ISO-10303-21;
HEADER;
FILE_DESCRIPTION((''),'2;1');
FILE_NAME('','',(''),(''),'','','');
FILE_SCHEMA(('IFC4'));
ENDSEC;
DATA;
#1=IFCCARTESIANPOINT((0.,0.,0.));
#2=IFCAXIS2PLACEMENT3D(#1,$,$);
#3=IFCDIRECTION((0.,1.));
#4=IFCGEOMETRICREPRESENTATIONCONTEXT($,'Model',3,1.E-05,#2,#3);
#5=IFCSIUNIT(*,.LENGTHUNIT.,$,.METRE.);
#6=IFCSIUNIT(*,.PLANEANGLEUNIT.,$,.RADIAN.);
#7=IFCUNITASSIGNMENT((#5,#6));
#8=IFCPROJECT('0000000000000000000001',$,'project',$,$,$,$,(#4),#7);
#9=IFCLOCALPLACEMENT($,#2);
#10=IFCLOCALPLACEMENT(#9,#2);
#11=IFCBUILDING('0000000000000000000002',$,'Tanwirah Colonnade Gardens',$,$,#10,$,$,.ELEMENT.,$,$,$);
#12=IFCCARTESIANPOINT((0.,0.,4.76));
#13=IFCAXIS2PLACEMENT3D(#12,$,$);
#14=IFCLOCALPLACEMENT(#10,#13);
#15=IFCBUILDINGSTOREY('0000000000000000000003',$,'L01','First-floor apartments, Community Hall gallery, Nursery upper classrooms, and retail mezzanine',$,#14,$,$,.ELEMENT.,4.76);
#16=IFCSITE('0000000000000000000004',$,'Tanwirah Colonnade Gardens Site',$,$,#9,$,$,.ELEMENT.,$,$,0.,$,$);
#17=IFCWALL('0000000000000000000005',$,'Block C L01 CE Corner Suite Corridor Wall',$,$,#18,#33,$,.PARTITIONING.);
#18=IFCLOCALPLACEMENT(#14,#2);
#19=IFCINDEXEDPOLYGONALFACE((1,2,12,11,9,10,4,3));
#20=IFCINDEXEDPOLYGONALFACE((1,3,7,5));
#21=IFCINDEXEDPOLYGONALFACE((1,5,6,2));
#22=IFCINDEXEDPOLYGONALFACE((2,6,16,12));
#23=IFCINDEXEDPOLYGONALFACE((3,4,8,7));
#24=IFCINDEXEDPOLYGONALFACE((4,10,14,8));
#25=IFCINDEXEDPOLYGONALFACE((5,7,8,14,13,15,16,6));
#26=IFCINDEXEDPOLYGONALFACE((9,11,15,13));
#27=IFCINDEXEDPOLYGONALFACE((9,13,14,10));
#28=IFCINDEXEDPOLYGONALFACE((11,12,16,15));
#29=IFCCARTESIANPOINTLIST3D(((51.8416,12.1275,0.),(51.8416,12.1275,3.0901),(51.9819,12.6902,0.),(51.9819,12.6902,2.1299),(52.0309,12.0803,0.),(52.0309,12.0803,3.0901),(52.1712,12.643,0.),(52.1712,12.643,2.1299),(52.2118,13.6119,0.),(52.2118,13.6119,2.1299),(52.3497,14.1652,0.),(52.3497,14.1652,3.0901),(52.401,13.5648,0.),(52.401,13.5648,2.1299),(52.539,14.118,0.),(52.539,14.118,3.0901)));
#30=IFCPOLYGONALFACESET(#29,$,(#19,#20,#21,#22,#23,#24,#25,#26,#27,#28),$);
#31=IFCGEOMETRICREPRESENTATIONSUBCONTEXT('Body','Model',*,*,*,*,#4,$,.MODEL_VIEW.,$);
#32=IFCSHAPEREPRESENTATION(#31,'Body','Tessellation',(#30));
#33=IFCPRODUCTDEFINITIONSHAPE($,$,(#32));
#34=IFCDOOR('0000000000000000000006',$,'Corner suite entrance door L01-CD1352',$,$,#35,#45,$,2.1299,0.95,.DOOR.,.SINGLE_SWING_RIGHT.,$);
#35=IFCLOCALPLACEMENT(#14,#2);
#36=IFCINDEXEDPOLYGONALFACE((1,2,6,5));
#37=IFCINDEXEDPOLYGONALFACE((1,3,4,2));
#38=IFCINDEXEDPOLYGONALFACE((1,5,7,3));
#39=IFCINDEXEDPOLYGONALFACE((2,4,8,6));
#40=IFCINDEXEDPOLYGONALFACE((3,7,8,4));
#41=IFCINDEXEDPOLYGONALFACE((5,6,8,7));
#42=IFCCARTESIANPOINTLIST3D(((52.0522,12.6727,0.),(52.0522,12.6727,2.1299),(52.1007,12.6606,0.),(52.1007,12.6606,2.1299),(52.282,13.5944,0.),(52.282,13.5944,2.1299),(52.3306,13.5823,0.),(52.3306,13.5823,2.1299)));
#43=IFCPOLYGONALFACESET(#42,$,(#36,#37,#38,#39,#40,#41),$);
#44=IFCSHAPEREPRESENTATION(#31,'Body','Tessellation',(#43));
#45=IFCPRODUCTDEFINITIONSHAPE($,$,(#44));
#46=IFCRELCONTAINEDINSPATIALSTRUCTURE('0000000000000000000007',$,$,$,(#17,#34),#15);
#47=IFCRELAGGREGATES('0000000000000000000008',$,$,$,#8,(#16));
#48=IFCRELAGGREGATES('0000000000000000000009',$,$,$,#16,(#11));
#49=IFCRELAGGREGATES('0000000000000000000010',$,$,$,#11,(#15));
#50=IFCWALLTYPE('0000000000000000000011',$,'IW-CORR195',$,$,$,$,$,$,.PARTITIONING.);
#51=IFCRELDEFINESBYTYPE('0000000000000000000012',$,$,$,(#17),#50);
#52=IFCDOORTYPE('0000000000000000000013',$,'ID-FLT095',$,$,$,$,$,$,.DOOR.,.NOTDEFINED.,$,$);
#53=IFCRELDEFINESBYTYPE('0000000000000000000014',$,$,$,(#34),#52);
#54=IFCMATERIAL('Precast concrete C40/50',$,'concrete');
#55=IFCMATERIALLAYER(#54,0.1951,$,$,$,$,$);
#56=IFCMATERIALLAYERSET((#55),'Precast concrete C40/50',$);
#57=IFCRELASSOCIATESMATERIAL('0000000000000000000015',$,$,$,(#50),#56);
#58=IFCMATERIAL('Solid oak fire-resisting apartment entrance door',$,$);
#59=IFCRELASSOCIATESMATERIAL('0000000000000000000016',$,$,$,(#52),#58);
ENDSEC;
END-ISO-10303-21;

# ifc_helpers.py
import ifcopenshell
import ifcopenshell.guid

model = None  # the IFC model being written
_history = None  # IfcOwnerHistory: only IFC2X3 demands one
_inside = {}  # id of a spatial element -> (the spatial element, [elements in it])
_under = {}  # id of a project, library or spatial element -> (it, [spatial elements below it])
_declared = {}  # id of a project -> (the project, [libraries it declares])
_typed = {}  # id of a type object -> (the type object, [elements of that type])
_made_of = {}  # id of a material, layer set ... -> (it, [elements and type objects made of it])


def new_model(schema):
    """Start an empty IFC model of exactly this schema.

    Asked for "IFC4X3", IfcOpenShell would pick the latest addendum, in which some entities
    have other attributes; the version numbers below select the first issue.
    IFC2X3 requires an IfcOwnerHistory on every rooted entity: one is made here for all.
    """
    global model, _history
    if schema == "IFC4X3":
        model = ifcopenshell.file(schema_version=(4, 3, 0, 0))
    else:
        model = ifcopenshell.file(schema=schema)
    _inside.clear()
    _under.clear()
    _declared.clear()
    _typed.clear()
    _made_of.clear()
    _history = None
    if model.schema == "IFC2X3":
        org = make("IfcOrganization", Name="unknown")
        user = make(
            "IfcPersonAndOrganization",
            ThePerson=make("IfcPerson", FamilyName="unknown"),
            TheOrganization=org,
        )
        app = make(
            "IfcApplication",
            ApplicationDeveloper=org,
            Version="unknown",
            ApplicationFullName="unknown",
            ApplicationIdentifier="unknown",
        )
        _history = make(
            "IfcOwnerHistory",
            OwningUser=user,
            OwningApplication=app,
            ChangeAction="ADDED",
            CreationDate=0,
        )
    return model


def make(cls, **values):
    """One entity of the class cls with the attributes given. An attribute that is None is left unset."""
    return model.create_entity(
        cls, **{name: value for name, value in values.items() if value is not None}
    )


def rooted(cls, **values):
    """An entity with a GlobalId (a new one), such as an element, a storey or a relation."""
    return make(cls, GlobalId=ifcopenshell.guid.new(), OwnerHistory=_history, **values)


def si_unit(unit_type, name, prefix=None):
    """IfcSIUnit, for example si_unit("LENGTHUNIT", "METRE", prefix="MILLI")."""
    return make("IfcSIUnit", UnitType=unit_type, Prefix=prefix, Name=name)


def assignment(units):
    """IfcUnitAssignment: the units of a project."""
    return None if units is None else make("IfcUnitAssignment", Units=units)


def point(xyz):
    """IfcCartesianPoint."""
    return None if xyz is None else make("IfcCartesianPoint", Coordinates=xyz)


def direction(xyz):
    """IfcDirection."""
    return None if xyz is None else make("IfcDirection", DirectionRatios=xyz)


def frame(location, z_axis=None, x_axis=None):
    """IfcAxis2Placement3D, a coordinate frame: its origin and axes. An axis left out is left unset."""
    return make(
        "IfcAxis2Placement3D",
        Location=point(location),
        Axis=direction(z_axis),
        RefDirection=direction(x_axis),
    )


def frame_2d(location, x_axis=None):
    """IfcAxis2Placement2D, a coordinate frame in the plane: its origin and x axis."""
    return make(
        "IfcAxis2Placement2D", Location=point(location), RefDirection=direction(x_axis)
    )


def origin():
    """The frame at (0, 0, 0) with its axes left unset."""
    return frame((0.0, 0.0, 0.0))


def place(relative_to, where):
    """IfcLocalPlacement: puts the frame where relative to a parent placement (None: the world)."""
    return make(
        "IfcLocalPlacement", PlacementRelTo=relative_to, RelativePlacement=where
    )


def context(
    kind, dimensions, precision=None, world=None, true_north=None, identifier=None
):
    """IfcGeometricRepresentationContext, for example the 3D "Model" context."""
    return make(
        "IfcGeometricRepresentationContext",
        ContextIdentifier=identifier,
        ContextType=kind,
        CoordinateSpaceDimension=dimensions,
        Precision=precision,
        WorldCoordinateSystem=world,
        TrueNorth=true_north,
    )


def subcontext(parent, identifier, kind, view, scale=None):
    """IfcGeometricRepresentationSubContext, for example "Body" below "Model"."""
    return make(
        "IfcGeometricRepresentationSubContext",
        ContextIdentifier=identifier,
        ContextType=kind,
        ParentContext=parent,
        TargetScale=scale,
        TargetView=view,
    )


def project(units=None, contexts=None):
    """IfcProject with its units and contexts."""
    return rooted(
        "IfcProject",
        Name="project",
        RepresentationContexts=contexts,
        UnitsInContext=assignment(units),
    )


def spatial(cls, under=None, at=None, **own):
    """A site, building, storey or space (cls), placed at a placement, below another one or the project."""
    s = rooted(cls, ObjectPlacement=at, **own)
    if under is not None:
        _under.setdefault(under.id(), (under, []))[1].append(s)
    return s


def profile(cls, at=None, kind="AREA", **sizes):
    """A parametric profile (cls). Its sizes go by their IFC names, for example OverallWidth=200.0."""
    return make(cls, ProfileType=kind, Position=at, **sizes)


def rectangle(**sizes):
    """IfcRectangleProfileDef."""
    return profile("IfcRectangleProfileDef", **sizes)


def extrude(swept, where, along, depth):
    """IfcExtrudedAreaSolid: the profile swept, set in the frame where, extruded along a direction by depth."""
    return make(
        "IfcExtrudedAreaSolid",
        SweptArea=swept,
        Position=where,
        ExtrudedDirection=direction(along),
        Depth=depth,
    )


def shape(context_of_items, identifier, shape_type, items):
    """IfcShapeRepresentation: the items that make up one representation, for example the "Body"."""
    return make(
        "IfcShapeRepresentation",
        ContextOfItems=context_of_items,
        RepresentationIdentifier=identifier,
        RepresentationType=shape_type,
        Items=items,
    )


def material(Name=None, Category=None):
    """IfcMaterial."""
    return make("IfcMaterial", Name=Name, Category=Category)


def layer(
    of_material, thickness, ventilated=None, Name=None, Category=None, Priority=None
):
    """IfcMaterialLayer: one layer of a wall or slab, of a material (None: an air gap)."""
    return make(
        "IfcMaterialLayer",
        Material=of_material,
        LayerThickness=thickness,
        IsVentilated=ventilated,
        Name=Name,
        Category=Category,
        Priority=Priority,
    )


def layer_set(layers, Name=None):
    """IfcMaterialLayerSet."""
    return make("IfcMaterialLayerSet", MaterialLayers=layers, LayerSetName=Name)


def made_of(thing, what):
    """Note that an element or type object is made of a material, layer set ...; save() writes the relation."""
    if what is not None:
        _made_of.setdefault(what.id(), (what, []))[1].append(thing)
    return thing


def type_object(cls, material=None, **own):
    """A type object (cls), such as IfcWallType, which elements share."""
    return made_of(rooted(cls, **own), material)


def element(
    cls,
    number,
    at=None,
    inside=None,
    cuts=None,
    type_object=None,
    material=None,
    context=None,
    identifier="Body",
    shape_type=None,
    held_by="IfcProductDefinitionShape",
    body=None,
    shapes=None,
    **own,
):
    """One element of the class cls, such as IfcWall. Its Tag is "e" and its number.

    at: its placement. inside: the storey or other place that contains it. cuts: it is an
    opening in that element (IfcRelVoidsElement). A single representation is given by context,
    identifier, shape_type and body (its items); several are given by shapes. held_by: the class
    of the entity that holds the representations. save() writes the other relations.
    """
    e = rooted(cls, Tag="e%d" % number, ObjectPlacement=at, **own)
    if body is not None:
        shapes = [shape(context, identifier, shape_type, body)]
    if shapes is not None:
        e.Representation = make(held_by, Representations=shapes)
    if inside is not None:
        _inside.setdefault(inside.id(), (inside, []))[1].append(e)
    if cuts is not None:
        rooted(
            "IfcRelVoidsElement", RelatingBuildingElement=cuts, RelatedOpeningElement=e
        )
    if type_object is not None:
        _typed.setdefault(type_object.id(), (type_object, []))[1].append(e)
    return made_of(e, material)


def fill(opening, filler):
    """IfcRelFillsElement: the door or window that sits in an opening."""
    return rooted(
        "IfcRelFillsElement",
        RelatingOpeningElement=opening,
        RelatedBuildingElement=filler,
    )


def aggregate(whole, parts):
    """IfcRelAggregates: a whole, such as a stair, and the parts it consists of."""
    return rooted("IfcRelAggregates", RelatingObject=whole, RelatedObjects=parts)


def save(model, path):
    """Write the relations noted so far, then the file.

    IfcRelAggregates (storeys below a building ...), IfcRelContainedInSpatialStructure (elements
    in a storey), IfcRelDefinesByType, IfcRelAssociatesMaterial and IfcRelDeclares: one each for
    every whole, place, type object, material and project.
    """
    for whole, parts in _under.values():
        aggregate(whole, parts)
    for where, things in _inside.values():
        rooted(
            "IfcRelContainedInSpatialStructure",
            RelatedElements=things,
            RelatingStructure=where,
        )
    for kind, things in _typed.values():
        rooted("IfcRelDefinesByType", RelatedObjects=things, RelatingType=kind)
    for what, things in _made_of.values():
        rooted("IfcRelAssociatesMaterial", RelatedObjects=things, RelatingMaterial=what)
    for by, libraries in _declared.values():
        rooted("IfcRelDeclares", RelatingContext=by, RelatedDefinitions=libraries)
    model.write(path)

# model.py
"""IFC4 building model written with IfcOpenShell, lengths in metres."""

from ifc_helpers import new_model, si_unit, direction, frame, frame_2d, origin, place, context, subcontext, project, spatial, rectangle, extrude, material, layer, layer_set, type_object, element, fill, save


model = new_model("IFC4")

# Units and contexts
model_context = context("Model", 3, precision=1e-05, world=origin(), true_north=direction((0.0, 1.0)))
body_context = subcontext(model_context, "Body", "Model", "MODEL_VIEW")
ifc_project = project(units=[si_unit("LENGTHUNIT", "METRE"), si_unit("PLANEANGLEUNIT", "RADIAN")], contexts=[model_context])

# Site, building, storey
site_placement = place(None, origin())
site = spatial("IfcSite", under=ifc_project, at=site_placement, Name="Tanwirah Colonnade Gardens Site", CompositionType="ELEMENT", RefElevation=0.0)
building_placement = place(site_placement, origin())
building = spatial("IfcBuilding", under=site, at=building_placement, Name="Tanwirah Colonnade Gardens", CompositionType="ELEMENT")
storey_placement = place(building_placement, frame((0.0, 0.0, 4.76)))
storey = spatial("IfcBuildingStorey", under=building, at=storey_placement, Name="L01", Description="First-floor apartments, Community Hall gallery, Nursery upper classrooms, and retail mezzanine", CompositionType="ELEMENT", Elevation=4.76)

# Shared definitions
ifc_material_1 = material(Name="Precast concrete C40/50", Category="concrete")

# Wall, opening, door
ifc_layer_1 = layer(ifc_material_1, 0.1951)
ifc_layer_set_1 = layer_set([ifc_layer_1], Name="Precast concrete C40/50")
wall_type_1 = type_object("IfcWallType", Name="IW-CORR195", PredefinedType="PARTITIONING", material=ifc_layer_set_1)
wall_1_placement = place(storey_placement, frame((52.4443, 14.1416, 0.0), z_axis=(0.0, 0.0, 1.0), x_axis=(-0.241934, -0.970293, 0.0)))
wall_1 = element("IfcWall", 1, at=wall_1_placement, inside=storey, type_object=wall_type_1, Name="Block C L01 CE Corner Suite Corridor Wall", PredefinedType="PARTITIONING", context=body_context, shape_type="SweptSolid", body=[
    extrude(rectangle(XDim=2.1001, YDim=0.1951, at=frame_2d((1.05, 0.0))), origin(), (0.0, 0.0, 1.0), 3.0901),
])
opening_1_placement = place(wall_1_placement, frame((0.5701, 0.0, 0.0)))
opening_1 = element("IfcOpeningElement", 2, at=opening_1_placement, cuts=wall_1, PredefinedType="OPENING", context=body_context, shape_type="SweptSolid", body=[
    extrude(rectangle(XDim=0.95, YDim=2.1299, at=frame_2d((0.4751, 1.0649))), frame((0.0, 0.1074, 0.0), z_axis=(0.0, -1.0, 0.0), x_axis=(1.0, 0.0, 0.0)), (0.0, 0.0, 1.0), 0.2151),
])
ifc_material_2 = material(Name="Solid oak fire-resisting apartment entrance door")
door_type = type_object("IfcDoorType", Name="ID-FLT095", OperationType="NOTDEFINED", PredefinedType="DOOR", material=ifc_material_2)
door_placement = place(opening_1_placement, origin())
door = element("IfcDoor", 3, at=door_placement, inside=storey, type_object=door_type, Name="Corner suite entrance door L01-CD1352", OperationType="SINGLE_SWING_RIGHT", OverallHeight=2.1299, OverallWidth=0.95, PredefinedType="DOOR", context=body_context, shape_type="SweptSolid", body=[
    extrude(rectangle(XDim=0.95, YDim=2.1299, at=frame_2d((0.4751, 1.0649))), frame((0.0, 0.0249, 0.0), z_axis=(0.0, -1.0, 0.0), x_axis=(1.0, 0.0, 0.0)), (0.0, 0.0, 1.0), 0.05),
])
fill(opening_1, door)

save(model, "model.ifc")
